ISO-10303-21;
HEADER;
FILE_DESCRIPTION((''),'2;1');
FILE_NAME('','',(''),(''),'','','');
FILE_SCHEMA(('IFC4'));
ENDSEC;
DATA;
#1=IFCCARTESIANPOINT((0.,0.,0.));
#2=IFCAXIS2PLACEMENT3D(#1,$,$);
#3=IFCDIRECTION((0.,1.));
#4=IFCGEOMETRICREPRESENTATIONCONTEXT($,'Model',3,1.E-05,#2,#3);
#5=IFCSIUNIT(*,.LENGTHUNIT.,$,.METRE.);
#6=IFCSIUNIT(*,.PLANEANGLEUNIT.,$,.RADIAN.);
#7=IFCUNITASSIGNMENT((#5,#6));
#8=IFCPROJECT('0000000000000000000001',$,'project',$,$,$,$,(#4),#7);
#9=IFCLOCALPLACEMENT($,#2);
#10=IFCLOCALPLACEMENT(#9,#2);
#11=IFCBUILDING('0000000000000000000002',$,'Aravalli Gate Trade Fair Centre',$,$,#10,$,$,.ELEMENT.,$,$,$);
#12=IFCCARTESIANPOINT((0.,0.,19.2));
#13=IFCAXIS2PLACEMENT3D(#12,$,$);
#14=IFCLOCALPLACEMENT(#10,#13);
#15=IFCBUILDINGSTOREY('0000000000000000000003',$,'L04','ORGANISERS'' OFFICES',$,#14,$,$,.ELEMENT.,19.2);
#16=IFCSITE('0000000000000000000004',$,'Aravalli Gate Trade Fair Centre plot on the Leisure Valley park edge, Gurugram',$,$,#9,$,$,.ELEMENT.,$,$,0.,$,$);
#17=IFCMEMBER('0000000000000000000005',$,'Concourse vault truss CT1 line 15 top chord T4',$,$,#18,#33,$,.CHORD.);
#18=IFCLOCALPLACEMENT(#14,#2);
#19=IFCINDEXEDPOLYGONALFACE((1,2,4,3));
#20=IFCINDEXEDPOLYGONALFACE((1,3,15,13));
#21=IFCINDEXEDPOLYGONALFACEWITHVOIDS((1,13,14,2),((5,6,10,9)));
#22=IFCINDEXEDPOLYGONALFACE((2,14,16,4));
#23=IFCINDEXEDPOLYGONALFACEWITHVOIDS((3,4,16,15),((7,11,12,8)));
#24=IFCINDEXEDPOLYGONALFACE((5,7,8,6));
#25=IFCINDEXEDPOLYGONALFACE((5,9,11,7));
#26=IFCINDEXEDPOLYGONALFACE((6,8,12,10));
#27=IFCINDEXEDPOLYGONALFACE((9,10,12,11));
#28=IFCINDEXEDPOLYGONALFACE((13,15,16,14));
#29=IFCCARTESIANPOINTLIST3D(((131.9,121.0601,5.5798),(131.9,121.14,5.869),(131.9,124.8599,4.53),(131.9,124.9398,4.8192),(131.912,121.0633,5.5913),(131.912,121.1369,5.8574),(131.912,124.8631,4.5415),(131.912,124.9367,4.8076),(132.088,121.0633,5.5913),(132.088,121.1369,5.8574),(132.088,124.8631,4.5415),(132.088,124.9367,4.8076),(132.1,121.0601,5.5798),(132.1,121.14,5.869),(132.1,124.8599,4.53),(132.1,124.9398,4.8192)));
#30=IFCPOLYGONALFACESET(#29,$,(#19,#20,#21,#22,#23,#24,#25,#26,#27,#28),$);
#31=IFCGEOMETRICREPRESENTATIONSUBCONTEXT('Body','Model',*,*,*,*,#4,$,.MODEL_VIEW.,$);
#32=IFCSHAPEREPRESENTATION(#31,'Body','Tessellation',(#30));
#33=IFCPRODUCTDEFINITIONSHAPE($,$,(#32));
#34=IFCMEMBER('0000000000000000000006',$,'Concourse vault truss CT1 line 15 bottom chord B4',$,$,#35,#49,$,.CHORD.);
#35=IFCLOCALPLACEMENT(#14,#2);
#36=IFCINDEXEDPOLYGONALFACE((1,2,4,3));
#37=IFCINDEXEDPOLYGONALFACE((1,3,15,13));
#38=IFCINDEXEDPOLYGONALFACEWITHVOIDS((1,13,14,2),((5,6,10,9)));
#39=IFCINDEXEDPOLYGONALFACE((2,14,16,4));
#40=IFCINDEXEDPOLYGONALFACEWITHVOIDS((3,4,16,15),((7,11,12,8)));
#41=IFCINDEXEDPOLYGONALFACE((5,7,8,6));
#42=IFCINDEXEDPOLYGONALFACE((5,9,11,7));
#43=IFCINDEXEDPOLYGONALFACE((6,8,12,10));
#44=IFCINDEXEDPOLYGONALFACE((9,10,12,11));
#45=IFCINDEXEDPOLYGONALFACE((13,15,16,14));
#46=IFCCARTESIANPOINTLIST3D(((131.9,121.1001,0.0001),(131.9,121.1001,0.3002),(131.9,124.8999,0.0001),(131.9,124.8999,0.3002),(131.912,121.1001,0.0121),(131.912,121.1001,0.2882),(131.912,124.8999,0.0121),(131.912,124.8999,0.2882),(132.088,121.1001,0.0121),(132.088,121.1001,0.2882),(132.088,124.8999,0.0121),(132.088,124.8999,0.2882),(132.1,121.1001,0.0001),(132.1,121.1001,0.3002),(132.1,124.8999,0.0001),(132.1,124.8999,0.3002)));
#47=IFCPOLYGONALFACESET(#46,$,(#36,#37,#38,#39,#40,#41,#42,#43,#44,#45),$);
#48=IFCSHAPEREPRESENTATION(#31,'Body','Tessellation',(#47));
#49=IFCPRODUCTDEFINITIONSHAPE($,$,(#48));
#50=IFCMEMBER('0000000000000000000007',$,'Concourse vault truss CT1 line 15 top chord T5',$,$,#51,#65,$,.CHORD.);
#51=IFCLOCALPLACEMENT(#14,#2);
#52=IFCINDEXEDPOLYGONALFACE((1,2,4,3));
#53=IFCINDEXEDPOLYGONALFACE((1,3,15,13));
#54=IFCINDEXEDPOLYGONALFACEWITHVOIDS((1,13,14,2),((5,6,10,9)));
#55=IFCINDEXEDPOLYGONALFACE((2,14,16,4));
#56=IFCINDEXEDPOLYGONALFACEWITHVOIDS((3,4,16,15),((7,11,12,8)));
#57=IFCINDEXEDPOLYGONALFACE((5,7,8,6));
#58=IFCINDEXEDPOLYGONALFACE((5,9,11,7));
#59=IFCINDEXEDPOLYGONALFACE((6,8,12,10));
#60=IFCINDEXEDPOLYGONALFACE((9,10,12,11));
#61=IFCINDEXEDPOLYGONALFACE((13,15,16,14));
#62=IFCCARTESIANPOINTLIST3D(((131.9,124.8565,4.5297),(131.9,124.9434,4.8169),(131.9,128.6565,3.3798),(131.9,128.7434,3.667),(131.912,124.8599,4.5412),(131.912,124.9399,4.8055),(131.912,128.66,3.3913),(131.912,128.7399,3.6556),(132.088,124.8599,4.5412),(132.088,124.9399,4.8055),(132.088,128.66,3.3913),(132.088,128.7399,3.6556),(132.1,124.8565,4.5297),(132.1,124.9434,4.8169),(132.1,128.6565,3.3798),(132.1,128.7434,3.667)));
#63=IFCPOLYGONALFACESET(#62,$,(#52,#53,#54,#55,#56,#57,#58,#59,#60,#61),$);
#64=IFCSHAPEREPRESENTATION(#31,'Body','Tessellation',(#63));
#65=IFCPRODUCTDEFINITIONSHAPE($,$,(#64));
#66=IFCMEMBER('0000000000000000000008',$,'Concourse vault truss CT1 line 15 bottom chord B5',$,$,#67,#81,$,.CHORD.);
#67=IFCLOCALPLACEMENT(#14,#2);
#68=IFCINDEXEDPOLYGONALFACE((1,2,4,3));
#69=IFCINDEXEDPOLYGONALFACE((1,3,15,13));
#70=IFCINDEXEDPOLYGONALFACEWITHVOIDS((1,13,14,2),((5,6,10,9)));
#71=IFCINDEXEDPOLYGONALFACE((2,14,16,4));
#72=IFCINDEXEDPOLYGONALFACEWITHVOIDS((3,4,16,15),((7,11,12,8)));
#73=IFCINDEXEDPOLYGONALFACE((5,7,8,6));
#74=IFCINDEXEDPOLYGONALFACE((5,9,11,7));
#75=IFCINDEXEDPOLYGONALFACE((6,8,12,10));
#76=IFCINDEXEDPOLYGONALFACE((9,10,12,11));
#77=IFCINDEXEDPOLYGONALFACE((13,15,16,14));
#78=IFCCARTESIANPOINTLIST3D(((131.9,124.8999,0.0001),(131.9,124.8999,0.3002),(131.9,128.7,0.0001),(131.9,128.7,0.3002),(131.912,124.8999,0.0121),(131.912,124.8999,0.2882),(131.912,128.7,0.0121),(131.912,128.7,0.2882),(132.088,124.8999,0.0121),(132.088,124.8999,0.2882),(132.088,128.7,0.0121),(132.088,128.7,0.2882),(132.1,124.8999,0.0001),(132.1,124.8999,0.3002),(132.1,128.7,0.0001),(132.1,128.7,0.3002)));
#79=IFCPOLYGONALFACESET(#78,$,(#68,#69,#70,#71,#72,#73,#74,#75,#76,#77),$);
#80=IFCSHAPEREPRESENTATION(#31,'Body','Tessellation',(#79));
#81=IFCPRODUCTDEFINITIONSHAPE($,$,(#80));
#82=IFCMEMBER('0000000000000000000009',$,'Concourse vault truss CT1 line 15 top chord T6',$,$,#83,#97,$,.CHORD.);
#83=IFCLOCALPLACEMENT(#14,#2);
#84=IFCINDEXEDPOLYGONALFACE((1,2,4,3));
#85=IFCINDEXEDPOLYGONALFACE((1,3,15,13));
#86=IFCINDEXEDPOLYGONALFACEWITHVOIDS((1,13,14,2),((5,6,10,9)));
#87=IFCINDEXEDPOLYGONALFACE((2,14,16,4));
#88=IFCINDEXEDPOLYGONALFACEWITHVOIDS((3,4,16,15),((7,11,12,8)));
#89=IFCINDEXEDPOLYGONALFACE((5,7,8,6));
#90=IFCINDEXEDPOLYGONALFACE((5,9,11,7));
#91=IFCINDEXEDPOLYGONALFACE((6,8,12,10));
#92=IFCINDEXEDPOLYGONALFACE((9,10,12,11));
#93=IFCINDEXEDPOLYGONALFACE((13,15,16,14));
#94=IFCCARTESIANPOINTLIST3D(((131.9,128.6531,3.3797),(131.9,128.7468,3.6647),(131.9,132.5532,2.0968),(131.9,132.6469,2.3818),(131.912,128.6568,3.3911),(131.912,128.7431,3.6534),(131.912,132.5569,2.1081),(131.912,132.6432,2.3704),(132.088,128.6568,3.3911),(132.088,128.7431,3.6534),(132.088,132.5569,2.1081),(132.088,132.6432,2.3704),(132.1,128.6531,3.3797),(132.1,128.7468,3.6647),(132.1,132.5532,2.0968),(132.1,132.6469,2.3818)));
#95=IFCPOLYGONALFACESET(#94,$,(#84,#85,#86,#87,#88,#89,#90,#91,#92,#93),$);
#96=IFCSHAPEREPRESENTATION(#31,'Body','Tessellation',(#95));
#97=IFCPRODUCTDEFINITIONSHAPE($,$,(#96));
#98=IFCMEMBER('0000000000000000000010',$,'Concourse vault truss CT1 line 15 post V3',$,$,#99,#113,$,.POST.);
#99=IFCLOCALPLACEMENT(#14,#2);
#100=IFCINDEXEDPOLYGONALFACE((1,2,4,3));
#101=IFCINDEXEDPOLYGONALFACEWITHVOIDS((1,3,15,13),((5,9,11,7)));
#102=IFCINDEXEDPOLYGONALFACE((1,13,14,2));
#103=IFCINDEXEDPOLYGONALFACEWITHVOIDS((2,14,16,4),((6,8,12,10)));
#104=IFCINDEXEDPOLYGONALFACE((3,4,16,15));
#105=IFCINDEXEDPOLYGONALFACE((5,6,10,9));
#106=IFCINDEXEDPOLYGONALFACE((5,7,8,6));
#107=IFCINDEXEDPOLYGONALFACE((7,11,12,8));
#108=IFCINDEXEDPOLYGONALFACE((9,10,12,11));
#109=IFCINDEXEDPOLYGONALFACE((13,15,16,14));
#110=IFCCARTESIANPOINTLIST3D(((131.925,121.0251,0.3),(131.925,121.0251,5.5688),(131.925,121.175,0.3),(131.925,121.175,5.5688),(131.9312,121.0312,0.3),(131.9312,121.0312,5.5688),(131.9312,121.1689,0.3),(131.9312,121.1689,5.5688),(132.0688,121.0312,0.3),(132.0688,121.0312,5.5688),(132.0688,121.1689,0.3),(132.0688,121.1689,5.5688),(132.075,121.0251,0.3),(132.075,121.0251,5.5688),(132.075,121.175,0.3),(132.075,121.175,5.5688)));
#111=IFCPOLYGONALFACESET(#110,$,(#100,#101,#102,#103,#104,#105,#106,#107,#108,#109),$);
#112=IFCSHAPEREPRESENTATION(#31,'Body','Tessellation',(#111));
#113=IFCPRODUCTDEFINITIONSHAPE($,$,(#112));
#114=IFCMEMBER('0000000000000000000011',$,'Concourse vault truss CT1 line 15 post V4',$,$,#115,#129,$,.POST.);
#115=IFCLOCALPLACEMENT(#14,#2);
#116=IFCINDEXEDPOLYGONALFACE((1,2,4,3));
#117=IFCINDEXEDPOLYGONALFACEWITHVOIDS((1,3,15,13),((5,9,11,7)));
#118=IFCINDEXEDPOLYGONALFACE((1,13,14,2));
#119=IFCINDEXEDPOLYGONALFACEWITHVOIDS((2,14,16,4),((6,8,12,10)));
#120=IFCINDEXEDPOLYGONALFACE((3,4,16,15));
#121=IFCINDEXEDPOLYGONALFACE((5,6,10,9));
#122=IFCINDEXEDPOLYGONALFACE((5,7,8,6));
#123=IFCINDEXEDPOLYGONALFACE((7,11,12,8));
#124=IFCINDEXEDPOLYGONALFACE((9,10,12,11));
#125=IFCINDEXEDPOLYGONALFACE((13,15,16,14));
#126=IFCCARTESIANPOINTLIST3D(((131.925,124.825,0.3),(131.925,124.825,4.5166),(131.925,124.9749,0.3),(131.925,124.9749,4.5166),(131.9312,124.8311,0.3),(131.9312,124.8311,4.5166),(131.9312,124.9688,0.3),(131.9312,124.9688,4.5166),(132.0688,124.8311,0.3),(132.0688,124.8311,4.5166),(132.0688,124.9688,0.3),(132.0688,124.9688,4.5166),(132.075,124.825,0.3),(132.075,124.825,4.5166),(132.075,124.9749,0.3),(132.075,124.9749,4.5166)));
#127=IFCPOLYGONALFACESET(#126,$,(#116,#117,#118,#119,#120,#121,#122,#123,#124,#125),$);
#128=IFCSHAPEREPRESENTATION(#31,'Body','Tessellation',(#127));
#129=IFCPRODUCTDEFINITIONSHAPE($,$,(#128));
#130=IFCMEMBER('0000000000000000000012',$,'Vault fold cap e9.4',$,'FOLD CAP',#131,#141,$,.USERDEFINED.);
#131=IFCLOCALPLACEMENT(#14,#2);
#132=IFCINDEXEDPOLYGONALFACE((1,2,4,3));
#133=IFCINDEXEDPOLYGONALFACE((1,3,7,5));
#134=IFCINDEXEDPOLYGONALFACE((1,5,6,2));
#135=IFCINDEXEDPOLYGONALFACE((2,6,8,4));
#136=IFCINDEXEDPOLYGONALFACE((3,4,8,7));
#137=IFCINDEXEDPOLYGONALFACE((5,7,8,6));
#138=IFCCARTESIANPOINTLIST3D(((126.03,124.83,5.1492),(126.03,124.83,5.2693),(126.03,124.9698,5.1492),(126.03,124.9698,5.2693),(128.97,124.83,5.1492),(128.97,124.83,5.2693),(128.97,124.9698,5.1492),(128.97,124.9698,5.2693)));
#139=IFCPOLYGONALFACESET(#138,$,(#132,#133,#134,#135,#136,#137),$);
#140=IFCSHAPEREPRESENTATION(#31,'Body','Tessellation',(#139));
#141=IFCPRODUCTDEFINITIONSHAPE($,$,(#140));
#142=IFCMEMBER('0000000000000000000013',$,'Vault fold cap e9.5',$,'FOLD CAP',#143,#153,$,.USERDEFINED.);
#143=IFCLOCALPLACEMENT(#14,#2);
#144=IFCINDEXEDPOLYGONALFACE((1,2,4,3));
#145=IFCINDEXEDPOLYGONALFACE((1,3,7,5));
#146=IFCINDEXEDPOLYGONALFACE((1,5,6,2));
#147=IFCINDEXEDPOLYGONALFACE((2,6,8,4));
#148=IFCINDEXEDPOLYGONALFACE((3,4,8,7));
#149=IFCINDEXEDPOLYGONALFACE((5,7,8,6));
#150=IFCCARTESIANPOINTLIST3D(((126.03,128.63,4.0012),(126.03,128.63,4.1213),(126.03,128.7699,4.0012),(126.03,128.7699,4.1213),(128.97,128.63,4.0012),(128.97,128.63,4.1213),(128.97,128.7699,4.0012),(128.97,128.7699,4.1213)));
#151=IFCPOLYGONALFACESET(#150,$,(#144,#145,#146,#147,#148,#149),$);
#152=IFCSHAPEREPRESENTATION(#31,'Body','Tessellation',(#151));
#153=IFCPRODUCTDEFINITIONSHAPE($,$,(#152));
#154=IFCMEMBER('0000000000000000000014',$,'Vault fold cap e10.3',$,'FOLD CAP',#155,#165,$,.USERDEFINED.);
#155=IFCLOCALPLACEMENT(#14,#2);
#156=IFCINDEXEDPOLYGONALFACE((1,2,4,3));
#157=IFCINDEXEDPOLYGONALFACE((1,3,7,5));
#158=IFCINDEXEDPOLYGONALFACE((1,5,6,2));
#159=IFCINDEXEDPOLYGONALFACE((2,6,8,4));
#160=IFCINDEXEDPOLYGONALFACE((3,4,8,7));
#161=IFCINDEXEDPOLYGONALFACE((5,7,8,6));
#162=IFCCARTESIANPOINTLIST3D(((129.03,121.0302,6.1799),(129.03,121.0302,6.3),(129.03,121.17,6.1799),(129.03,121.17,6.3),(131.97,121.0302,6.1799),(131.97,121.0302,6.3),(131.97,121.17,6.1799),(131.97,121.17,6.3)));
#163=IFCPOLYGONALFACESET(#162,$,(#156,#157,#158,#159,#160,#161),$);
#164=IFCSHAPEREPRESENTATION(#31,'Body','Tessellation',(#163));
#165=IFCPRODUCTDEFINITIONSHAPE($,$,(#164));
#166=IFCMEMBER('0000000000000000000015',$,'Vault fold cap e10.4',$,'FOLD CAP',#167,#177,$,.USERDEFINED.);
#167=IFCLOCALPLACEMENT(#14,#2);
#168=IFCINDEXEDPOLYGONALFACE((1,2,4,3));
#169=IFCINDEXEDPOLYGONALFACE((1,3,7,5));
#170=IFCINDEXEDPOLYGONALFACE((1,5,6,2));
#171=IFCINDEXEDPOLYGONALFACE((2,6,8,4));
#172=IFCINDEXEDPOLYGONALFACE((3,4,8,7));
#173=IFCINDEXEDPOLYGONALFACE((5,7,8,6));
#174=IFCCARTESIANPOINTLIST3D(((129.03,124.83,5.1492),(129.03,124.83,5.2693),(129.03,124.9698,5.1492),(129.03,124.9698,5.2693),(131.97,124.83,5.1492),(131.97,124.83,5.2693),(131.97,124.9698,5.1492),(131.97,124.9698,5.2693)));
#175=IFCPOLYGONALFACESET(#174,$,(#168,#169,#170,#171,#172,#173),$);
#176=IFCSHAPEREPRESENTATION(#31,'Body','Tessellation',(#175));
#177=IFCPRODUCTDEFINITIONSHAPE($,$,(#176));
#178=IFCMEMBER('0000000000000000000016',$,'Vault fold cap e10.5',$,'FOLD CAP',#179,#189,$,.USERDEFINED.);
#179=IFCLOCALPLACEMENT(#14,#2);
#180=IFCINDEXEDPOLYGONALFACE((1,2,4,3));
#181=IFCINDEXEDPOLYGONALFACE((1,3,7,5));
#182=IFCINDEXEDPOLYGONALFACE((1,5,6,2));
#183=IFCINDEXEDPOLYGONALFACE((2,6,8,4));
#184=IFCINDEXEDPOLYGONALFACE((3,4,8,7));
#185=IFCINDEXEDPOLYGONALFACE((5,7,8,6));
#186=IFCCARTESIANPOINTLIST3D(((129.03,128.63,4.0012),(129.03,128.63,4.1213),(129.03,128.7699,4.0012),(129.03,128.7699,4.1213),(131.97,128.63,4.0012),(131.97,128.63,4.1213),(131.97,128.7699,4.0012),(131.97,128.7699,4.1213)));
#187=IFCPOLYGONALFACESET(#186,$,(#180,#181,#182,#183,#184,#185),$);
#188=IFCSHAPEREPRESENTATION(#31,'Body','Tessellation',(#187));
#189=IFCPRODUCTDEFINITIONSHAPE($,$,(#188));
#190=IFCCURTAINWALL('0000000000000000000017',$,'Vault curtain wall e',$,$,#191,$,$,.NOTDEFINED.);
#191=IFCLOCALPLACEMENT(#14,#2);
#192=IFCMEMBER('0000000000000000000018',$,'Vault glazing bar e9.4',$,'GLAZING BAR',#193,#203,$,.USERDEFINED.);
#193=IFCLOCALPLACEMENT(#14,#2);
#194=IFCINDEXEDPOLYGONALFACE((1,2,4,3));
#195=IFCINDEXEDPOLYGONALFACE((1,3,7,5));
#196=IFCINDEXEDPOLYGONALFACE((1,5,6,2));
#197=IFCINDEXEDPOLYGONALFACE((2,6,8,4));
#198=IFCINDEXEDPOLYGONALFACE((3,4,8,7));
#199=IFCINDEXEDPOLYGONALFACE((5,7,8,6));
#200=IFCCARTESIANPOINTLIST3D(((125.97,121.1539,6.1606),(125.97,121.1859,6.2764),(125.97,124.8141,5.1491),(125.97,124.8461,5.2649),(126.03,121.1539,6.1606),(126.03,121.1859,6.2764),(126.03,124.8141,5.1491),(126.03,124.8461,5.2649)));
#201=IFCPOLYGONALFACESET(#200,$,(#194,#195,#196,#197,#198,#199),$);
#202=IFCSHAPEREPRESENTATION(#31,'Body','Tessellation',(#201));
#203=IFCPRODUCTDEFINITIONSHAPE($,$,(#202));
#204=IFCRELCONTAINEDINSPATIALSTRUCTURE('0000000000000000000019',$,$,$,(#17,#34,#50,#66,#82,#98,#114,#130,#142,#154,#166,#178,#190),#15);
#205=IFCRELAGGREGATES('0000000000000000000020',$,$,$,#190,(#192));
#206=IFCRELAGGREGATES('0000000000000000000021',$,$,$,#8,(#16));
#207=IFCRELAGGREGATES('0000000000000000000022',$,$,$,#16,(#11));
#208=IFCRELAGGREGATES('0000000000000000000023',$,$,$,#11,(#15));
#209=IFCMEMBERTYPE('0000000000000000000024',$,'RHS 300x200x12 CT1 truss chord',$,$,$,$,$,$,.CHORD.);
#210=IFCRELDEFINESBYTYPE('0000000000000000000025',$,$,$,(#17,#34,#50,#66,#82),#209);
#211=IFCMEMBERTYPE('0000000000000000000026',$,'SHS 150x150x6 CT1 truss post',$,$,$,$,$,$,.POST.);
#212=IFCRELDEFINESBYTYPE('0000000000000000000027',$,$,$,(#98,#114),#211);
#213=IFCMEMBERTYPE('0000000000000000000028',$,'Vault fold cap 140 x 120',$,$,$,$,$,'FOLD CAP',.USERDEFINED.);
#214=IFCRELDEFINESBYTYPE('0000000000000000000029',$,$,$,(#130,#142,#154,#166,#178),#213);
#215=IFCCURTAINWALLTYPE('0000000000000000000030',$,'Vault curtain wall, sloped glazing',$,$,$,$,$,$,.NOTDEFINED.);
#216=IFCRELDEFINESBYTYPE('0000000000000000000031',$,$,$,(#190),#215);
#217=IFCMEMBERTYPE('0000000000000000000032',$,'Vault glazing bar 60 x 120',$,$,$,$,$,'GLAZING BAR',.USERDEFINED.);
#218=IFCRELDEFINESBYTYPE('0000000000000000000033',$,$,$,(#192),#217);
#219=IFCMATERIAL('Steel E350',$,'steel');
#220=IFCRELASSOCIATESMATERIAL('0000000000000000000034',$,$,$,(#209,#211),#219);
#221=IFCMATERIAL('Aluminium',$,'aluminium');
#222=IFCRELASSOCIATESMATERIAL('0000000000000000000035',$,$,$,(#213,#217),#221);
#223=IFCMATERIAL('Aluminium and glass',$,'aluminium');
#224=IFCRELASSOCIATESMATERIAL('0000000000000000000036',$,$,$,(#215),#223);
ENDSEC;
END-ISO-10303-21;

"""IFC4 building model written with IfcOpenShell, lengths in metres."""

from ifc_helpers import new_model, si_unit, direction, frame, origin, origin_2d, place, context, subcontext, project, spatial, rectangle, hollow_rectangle, extrude, material, material_profile, profile_set, type_object, element, aggregate, save


model = new_model("IFC4")

# Units and contexts
model_context = context("Model", 3, precision=1e-05, world=origin(), true_north=direction((0.0, 1.0)))
body_context = subcontext(model_context, "Body", "Model", "MODEL_VIEW")
ifc_project = project(units=[si_unit("LENGTHUNIT", "METRE"), si_unit("PLANEANGLEUNIT", "RADIAN")], contexts=[model_context])

# Site, building, storey
site_placement = place(None, origin())
site = spatial("IfcSite", under=ifc_project, at=site_placement, Name="Aravalli Gate Trade Fair Centre plot on the Leisure Valley park edge, Gurugram", CompositionType="ELEMENT", RefElevation=0.0)
building_placement = place(site_placement, origin())
building = spatial("IfcBuilding", under=site, at=building_placement, Name="Aravalli Gate Trade Fair Centre", CompositionType="ELEMENT")
storey_placement = place(building_placement, frame((0.0, 0.0, 19.2)))
storey = spatial("IfcBuildingStorey", under=building, at=storey_placement, Name="L04", Description="ORGANISERS' OFFICES", CompositionType="ELEMENT", Elevation=19.2)

# Members
ifc_material_1 = material(Name="Steel E350", Category="steel")
ifc_material_profile_1 = material_profile(ifc_material_1, hollow_rectangle(XDim=0.2, YDim=0.3, WallThickness=0.012, at=origin_2d()), Name="RHS 300x200x12")
ifc_profile_set_1 = profile_set([ifc_material_profile_1], Name="Steel E350")
member_type_1 = type_object("IfcMemberType", Name="RHS 300x200x12 CT1 truss chord", PredefinedType="CHORD", material=ifc_profile_set_1)
member_1_placement = place(storey_placement, frame((132.0, 121.1001, 5.7244), z_axis=(0.0, 0.96389, -0.266302), x_axis=(-1.0, 0.0, 0.0)))
element("IfcMember", 1, at=member_1_placement, inside=storey, type_object=member_type_1, Name="Concourse vault truss CT1 line 15 top chord T4", PredefinedType="CHORD", context=body_context, shape_type="SweptSolid", body=[
    extrude(hollow_rectangle(XDim=0.2, YDim=0.3, WallThickness=0.012, at=origin_2d()), origin(), (0.0, 0.0, 1.0), 3.9421),
])
member_2_placement = place(storey_placement, frame((132.0, 121.1001, 0.1501), z_axis=(0.0, 1.0, 0.0), x_axis=(-1.0, 0.0, 0.0)))
element("IfcMember", 2, at=member_2_placement, inside=storey, type_object=member_type_1, Name="Concourse vault truss CT1 line 15 bottom chord B4", PredefinedType="CHORD", context=body_context, shape_type="SweptSolid", body=[
    extrude(hollow_rectangle(XDim=0.2, YDim=0.3, WallThickness=0.012, at=origin_2d()), origin(), (0.0, 0.0, 1.0), 3.7998),
])
member_3_placement = place(storey_placement, frame((132.0, 124.8999, 4.6733), z_axis=(0.0, 0.957138, -0.289632), x_axis=(-1.0, 0.0, 0.0)))
element("IfcMember", 3, at=member_3_placement, inside=storey, type_object=member_type_1, Name="Concourse vault truss CT1 line 15 top chord T5", PredefinedType="CHORD", context=body_context, shape_type="SweptSolid", body=[
    extrude(hollow_rectangle(XDim=0.2, YDim=0.3, WallThickness=0.012, at=origin_2d()), origin(), (0.0, 0.0, 1.0), 3.9702),
])
member_4_placement = place(storey_placement, frame((132.0, 124.8999, 0.1501), z_axis=(0.0, 1.0, 0.0), x_axis=(-1.0, 0.0, 0.0)))
element("IfcMember", 4, at=member_4_placement, inside=storey, type_object=member_type_1, Name="Concourse vault truss CT1 line 15 bottom chord B5", PredefinedType="CHORD", context=body_context, shape_type="SweptSolid", body=[
    extrude(hollow_rectangle(XDim=0.2, YDim=0.3, WallThickness=0.012, at=origin_2d()), origin(), (0.0, 0.0, 1.0), 3.8),
])
member_5_placement = place(storey_placement, frame((132.0, 128.7, 3.5222), z_axis=(0.0, 0.949925, -0.312479), x_axis=(-1.0, 0.0, 0.0)))
element("IfcMember", 5, at=member_5_placement, inside=storey, type_object=member_type_1, Name="Concourse vault truss CT1 line 15 top chord T6", PredefinedType="CHORD", context=body_context, shape_type="SweptSolid", body=[
    extrude(hollow_rectangle(XDim=0.2, YDim=0.3, WallThickness=0.012, at=origin_2d()), origin(), (0.0, 0.0, 1.0), 4.1057),
])
ifc_material_profile_2 = material_profile(ifc_material_1, hollow_rectangle(XDim=0.1499, YDim=0.1499, WallThickness=0.0061, at=origin_2d()), Name="SHS 150x150x6")
ifc_profile_set_2 = profile_set([ifc_material_profile_2], Name="Steel E350")
member_type_2 = type_object("IfcMemberType", Name="SHS 150x150x6 CT1 truss post", PredefinedType="POST", material=ifc_profile_set_2)
member_6_placement = place(storey_placement, frame((132.0, 121.1001, 0.3), z_axis=(0.0, 0.0, 1.0), x_axis=(1.0, 0.0, 0.0)))
element("IfcMember", 6, at=member_6_placement, inside=storey, type_object=member_type_2, Name="Concourse vault truss CT1 line 15 post V3", PredefinedType="POST", context=body_context, shape_type="SweptSolid", body=[
    extrude(hollow_rectangle(XDim=0.1499, YDim=0.1499, WallThickness=0.0061, at=origin_2d()), origin(), (0.0, 0.0, 1.0), 5.2688),
])
member_7_placement = place(storey_placement, frame((132.0, 124.8999, 0.3), z_axis=(0.0, 0.0, 1.0), x_axis=(1.0, 0.0, 0.0)))
element("IfcMember", 7, at=member_7_placement, inside=storey, type_object=member_type_2, Name="Concourse vault truss CT1 line 15 post V4", PredefinedType="POST", context=body_context, shape_type="SweptSolid", body=[
    extrude(hollow_rectangle(XDim=0.1499, YDim=0.1499, WallThickness=0.0061, at=origin_2d()), origin(), (0.0, 0.0, 1.0), 4.2166),
])
ifc_material_2 = material(Name="Aluminium", Category="aluminium")
ifc_material_profile_3 = material_profile(ifc_material_2, rectangle(XDim=0.1399, YDim=0.1201, at=origin_2d()), Name="Vault fold cap 140 x 120")
ifc_profile_set_3 = profile_set([ifc_material_profile_3], Name="Aluminium")
member_type_3 = type_object("IfcMemberType", Name="Vault fold cap 140 x 120", ElementType="FOLD CAP", PredefinedType="USERDEFINED", material=ifc_profile_set_3)
for number, where, z_axis, x_axis, name in (
    (8, (126.03, 124.8999, 5.2092), (1.0, 0.0, 0.0), (0.0, 1.0, 0.0), "Vault fold cap e9.4"),
    (9, (126.03, 128.7, 4.0613), (1.0, 0.0, 0.0), (0.0, 1.0, 0.0), "Vault fold cap e9.5"),
    (10, (129.03, 121.1001, 6.24), (1.0, 0.0, 0.0), (0.0, 1.0, 0.0), "Vault fold cap e10.3"),
    (11, (129.03, 124.8999, 5.2092), (1.0, 0.0, 0.0), (0.0, 1.0, 0.0), "Vault fold cap e10.4"),
    (12, (129.03, 128.7, 4.0613), (1.0, 0.0, 0.0), (0.0, 1.0, 0.0), "Vault fold cap e10.5"),
):
    element("IfcMember", number, at=place(storey_placement, frame(where, z_axis=z_axis, x_axis=x_axis)), inside=storey, type_object=member_type_3, Name=name, ObjectType="FOLD CAP", PredefinedType="USERDEFINED", context=body_context, shape_type="SweptSolid", body=[
        extrude(rectangle(XDim=0.1399, YDim=0.1201, at=origin_2d()), origin(), (0.0, 0.0, 1.0), 2.9399),
    ])

# Curtain wall, member
ifc_material_3 = material(Name="Aluminium and glass", Category="aluminium")
curtain_wall_type = type_object("IfcCurtainWallType", Name="Vault curtain wall, sloped glazing", PredefinedType="NOTDEFINED", material=ifc_material_3)
curtain_wall_placement = place(storey_placement, origin())
curtain_wall = element("IfcCurtainWall", 13, at=curtain_wall_placement, inside=storey, type_object=curtain_wall_type, Name="Vault curtain wall e", PredefinedType="NOTDEFINED")
ifc_material_profile_4 = material_profile(ifc_material_2, rectangle(XDim=0.0601, YDim=0.1201, at=origin_2d()), Name="Vault glazing bar 60 x 120")
ifc_profile_set_4 = profile_set([ifc_material_profile_4], Name="Aluminium")
member_type_4 = type_object("IfcMemberType", Name="Vault glazing bar 60 x 120", ElementType="GLAZING BAR", PredefinedType="USERDEFINED", material=ifc_profile_set_4)
member_8_placement = place(storey_placement, frame((126.0, 121.1699, 6.2185), z_axis=(0.0, 0.963873, -0.266364), x_axis=(-1.0, 0.0, 0.0)))
member_8 = element("IfcMember", 14, at=member_8_placement, type_object=member_type_4, Name="Vault glazing bar e9.4", ObjectType="GLAZING BAR", PredefinedType="USERDEFINED", context=body_context, shape_type="SweptSolid", body=[
    extrude(rectangle(XDim=0.0601, YDim=0.1201, at=origin_2d()), origin(), (0.0, 0.0, 1.0), 3.7974),
])
aggregate(curtain_wall, [member_8])

save(model, "model.ifc")
